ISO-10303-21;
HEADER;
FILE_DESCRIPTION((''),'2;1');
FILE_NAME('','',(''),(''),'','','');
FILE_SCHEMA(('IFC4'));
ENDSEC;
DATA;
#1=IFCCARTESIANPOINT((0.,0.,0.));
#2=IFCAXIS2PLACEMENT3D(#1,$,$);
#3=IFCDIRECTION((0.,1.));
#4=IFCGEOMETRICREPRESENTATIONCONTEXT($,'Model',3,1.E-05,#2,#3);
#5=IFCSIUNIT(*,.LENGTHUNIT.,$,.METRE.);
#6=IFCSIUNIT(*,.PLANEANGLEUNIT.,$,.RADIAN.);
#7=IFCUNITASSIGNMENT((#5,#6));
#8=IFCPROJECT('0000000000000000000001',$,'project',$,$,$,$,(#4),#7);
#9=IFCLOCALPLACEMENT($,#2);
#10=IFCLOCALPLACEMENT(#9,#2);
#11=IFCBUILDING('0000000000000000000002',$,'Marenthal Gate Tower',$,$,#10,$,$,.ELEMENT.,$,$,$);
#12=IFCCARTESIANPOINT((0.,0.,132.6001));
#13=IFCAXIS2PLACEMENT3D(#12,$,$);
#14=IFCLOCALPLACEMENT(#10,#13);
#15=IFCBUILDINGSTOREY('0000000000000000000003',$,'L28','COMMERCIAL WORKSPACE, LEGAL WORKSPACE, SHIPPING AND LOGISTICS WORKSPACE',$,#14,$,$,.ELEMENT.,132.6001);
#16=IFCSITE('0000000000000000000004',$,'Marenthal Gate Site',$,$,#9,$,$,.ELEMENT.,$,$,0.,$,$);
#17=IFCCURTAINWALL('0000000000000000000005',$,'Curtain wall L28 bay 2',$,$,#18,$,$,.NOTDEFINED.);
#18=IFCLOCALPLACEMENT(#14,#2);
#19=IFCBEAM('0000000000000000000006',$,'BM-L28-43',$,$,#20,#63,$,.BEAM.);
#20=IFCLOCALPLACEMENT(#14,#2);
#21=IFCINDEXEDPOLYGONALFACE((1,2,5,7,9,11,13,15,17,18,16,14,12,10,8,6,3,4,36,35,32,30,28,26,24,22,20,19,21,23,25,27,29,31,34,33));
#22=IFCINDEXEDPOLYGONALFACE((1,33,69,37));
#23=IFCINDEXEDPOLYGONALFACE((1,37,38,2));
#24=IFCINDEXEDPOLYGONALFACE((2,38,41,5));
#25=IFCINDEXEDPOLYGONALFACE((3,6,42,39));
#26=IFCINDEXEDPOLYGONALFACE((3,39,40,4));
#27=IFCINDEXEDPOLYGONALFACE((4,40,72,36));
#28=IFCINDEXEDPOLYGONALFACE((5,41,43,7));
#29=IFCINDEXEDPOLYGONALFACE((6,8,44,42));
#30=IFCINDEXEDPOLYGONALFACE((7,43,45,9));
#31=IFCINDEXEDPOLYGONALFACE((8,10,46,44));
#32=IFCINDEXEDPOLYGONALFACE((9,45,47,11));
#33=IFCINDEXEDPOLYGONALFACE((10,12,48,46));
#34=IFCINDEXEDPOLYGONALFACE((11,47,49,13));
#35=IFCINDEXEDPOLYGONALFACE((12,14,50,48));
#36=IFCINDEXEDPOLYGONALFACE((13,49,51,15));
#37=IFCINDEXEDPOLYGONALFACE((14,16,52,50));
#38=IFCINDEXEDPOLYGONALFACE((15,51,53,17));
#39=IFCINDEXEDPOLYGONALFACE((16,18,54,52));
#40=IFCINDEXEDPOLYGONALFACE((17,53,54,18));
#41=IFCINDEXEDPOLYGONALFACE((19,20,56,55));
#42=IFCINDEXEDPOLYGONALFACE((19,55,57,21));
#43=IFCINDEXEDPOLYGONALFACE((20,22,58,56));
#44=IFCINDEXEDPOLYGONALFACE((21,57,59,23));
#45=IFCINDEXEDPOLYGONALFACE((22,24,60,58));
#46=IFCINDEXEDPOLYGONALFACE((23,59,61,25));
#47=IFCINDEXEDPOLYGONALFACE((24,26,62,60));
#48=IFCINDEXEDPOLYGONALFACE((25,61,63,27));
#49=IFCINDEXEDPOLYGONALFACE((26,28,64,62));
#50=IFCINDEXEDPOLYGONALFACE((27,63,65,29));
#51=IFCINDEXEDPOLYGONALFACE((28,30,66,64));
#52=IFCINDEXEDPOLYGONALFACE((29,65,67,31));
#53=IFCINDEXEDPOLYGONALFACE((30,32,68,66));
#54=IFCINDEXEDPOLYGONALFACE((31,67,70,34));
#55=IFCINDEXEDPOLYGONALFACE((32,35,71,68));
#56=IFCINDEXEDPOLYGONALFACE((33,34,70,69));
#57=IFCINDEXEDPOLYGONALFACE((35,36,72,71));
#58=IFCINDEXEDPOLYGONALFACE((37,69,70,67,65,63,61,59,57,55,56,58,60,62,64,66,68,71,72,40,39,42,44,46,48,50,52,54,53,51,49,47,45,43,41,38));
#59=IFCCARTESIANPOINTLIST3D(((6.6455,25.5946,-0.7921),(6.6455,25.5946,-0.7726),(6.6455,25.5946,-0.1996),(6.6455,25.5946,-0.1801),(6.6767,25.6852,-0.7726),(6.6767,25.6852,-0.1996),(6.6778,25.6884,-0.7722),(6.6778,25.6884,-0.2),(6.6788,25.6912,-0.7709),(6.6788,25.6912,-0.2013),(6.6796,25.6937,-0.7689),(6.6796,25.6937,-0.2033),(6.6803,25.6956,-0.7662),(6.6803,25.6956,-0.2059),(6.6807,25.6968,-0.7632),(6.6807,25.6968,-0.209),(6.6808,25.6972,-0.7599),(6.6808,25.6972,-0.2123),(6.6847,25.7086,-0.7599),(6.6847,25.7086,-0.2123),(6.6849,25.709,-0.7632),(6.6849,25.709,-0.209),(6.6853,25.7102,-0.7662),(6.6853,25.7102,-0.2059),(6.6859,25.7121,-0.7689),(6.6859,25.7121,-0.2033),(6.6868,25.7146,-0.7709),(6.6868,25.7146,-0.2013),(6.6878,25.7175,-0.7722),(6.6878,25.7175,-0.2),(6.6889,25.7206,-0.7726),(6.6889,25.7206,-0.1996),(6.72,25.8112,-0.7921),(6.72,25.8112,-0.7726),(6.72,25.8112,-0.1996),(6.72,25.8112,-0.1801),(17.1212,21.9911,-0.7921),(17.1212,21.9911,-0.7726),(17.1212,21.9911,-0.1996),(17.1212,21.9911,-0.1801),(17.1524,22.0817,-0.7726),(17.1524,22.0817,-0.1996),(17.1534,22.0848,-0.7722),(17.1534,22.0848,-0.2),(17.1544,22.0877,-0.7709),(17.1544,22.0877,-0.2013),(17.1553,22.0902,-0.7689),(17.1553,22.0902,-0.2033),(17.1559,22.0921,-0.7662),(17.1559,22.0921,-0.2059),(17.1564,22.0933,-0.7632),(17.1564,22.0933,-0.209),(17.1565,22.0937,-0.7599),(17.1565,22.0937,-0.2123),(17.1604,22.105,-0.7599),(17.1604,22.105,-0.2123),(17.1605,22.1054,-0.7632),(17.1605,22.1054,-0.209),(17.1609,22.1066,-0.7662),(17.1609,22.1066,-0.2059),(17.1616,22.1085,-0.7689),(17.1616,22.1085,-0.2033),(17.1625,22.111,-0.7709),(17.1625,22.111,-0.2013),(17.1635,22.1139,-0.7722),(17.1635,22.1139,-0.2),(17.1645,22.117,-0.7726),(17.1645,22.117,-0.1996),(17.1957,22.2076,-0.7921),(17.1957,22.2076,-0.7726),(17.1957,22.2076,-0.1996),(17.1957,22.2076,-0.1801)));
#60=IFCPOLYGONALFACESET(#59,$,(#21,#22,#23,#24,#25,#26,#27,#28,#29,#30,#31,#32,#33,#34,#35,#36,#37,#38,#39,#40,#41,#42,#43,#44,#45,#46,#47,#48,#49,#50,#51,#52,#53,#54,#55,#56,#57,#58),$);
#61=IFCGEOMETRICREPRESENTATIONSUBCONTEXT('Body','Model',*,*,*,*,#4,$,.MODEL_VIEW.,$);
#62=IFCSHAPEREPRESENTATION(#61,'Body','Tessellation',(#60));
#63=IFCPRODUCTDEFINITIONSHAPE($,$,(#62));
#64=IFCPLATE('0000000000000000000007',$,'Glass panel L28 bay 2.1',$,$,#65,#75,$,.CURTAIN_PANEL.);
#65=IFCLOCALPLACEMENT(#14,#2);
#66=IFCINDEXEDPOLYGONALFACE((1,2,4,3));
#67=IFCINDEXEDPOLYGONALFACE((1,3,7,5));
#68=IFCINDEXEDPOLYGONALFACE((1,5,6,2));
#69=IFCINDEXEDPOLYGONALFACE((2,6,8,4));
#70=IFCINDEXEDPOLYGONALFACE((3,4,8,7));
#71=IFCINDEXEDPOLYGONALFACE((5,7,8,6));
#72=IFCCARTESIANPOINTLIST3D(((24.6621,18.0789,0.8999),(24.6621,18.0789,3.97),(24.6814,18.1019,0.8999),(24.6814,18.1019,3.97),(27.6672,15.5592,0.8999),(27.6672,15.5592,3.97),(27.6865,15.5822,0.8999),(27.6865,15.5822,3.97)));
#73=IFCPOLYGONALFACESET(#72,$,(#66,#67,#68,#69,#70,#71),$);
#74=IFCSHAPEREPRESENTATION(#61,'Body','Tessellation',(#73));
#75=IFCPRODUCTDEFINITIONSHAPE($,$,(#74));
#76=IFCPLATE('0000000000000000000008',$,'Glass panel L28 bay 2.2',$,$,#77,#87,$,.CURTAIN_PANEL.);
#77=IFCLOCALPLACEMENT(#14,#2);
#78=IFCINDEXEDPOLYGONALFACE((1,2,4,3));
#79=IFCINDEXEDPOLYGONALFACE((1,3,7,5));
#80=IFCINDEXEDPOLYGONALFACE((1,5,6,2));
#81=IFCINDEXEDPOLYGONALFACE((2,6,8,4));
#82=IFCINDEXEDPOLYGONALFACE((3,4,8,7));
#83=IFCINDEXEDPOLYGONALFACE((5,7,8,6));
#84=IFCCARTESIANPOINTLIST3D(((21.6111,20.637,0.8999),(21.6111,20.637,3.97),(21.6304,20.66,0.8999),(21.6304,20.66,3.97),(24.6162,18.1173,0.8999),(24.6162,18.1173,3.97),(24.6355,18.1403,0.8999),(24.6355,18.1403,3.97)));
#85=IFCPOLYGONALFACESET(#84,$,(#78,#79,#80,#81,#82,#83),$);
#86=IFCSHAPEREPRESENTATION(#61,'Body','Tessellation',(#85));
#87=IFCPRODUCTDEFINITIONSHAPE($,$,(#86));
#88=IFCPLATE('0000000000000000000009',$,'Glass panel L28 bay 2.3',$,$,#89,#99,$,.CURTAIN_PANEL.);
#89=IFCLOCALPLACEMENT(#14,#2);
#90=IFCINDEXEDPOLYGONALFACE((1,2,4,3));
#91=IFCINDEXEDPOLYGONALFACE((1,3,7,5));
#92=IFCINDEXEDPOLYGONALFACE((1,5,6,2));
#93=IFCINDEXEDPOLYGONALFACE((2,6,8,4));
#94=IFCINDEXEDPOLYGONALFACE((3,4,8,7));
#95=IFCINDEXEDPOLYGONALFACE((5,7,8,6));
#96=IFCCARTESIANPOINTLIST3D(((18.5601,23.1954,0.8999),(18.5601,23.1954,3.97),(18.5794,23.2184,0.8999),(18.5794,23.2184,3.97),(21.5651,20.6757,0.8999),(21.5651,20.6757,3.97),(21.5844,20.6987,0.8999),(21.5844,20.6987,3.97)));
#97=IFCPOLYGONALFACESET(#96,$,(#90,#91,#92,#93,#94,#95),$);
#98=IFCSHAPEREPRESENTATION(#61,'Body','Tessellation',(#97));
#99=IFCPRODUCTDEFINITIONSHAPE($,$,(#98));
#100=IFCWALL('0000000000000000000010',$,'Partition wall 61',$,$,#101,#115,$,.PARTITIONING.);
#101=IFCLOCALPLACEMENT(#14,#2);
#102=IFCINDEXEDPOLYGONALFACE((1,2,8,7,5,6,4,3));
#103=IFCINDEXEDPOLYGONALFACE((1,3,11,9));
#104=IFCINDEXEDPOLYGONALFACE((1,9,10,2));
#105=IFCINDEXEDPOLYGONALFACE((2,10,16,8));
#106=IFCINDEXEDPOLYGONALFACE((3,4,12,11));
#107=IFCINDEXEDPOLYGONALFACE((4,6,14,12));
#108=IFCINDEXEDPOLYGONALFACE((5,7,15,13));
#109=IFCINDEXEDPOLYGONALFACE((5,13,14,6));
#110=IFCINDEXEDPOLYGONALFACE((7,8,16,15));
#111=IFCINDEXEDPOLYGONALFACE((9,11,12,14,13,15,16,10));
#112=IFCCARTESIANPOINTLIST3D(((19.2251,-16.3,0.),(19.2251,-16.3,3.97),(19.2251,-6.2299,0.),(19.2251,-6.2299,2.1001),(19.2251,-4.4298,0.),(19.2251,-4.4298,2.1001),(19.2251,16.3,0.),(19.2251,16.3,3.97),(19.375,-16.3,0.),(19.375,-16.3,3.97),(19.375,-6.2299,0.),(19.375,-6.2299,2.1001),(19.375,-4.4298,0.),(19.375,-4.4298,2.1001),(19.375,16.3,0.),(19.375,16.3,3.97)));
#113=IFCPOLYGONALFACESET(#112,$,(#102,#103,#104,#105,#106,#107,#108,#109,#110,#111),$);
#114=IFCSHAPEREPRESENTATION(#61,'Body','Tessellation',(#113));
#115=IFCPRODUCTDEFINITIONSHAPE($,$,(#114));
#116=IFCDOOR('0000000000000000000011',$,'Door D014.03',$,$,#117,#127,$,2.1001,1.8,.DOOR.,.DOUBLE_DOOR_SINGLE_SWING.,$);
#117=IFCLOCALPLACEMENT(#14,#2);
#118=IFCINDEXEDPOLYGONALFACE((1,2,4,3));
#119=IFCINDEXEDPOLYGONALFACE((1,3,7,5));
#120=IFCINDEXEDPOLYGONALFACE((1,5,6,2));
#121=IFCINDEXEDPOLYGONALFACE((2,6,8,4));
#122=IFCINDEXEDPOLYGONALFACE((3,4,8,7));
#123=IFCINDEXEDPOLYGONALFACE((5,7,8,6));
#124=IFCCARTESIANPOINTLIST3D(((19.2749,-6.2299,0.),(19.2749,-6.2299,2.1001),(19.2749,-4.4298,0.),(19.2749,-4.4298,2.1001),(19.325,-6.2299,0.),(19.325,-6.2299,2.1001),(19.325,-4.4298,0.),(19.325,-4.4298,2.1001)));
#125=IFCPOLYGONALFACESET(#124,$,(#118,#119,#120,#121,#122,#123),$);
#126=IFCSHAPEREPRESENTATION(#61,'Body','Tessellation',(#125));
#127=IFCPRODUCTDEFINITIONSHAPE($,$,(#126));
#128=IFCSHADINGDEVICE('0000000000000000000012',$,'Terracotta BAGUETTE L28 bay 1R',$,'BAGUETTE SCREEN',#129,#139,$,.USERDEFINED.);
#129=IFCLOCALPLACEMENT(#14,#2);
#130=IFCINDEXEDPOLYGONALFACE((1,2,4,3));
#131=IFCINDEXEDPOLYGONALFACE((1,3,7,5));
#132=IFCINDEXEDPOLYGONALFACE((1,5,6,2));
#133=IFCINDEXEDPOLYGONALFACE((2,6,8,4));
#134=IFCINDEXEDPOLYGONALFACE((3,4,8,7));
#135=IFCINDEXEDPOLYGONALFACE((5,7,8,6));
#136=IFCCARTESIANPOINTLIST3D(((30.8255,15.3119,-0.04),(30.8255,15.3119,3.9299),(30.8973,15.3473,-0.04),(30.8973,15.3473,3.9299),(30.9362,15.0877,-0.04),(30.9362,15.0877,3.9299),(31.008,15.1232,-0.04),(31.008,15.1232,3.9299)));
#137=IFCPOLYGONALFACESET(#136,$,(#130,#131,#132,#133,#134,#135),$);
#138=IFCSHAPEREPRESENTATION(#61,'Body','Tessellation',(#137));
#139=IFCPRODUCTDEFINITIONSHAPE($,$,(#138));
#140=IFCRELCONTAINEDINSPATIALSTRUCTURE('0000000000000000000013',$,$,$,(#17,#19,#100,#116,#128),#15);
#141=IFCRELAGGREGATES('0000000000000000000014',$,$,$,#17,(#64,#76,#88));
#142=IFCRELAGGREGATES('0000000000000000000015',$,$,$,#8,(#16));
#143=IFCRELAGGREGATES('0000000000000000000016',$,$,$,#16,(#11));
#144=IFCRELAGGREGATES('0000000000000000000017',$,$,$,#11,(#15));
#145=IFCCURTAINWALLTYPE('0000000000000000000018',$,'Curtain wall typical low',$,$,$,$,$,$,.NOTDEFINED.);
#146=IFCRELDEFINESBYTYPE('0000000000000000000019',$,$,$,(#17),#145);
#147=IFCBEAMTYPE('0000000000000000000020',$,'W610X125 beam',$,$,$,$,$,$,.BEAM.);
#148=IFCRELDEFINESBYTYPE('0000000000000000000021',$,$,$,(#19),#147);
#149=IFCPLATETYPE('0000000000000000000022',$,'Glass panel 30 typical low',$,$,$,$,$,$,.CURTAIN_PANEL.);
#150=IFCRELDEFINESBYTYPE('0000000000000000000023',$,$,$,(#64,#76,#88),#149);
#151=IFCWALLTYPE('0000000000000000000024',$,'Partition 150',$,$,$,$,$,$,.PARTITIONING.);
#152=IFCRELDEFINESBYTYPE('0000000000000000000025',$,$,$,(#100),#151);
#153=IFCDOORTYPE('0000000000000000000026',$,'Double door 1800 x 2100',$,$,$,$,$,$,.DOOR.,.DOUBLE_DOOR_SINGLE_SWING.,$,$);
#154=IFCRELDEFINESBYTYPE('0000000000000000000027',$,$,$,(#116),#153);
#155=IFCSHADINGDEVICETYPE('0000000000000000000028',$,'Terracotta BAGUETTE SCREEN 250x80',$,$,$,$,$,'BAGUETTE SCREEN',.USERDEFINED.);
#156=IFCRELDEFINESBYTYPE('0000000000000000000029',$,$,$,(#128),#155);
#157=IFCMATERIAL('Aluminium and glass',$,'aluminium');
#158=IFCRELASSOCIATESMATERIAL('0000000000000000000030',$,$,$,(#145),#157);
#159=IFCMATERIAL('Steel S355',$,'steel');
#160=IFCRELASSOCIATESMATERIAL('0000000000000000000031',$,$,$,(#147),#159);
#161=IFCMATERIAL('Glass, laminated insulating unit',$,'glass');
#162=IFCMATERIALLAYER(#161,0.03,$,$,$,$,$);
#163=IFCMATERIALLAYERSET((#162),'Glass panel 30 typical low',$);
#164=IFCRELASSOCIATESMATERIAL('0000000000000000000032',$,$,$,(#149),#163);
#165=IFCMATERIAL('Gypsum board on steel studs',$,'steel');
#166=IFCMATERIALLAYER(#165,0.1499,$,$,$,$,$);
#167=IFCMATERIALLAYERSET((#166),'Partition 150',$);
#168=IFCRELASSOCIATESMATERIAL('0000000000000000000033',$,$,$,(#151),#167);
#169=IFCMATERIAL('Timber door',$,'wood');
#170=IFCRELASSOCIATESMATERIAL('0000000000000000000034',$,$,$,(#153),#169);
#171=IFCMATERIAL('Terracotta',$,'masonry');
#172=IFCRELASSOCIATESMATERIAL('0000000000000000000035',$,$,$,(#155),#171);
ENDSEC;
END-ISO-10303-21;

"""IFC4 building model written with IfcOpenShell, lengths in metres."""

from ifc_helpers import new_model, si_unit, direction, frame, frame_2d, origin, origin_2d, place, context, subcontext, project, spatial, rectangle, i_section, extrude, material, layer, layer_set, material_profile, profile_set, type_object, element, fill, aggregate, save


model = new_model("IFC4")

# Units and contexts
model_context = context("Model", 3, precision=1e-05, world=origin(), true_north=direction((0.0, 1.0)))
body_context = subcontext(model_context, "Body", "Model", "MODEL_VIEW")
ifc_project = project(units=[si_unit("LENGTHUNIT", "METRE"), si_unit("PLANEANGLEUNIT", "RADIAN")], contexts=[model_context])

# Site, building, storey
site_placement = place(None, origin())
site = spatial("IfcSite", under=ifc_project, at=site_placement, Name="Marenthal Gate Site", CompositionType="ELEMENT", RefElevation=0.0)
building_placement = place(site_placement, origin())
building = spatial("IfcBuilding", under=site, at=building_placement, Name="Marenthal Gate Tower", CompositionType="ELEMENT")
storey_placement = place(building_placement, frame((0.0, 0.0, 132.6001)))
storey = spatial("IfcBuildingStorey", under=building, at=storey_placement, Name="L28", Description="COMMERCIAL WORKSPACE, LEGAL WORKSPACE, SHIPPING AND LOGISTICS WORKSPACE", CompositionType="ELEMENT", Elevation=132.6001)

# Curtain wall
ifc_material_1 = material(Name="Aluminium and glass", Category="aluminium")
curtain_wall_type = type_object("IfcCurtainWallType", Name="Curtain wall typical low", PredefinedType="NOTDEFINED", material=ifc_material_1)
curtain_wall_placement = place(storey_placement, origin())
curtain_wall = element("IfcCurtainWall", 1, at=curtain_wall_placement, inside=storey, type_object=curtain_wall_type, Name="Curtain wall L28 bay 2", PredefinedType="NOTDEFINED")

# Beam
ifc_material_2 = material(Name="Steel S355", Category="steel")
ifc_material_profile_1 = material_profile(ifc_material_2, i_section(OverallWidth=0.229, OverallDepth=0.6121, WebThickness=0.012, FlangeThickness=0.0195, FilletRadius=0.0127, at=origin_2d()), Name="W610X125")
ifc_profile_set_1 = profile_set([ifc_material_profile_1], Name="Steel S355")
beam_type_1 = type_object("IfcBeamType", Name="W610X125 beam", PredefinedType="BEAM", material=ifc_profile_set_1)
beam_1_placement = place(storey_placement, frame((17.1584, 22.0994, -0.4861), z_axis=(-0.945616, 0.325284, 0.0), x_axis=(-0.325284, -0.945616, 0.0)))
element("IfcBeam", 2, at=beam_1_placement, inside=storey, type_object=beam_type_1, Name="BM-L28-43", PredefinedType="BEAM", context=body_context, shape_type="SweptSolid", body=[
    extrude(i_section(OverallWidth=0.229, OverallDepth=0.6121, WebThickness=0.012, FlangeThickness=0.0195, FilletRadius=0.0127, at=origin_2d()), origin(), (0.0, 0.0, 1.0), 11.0781),
])

# Plates
ifc_material_3 = material(Name="Glass, laminated insulating unit", Category="glass")
ifc_layer_1 = layer(ifc_material_3, 0.03)
ifc_layer_set_1 = layer_set([ifc_layer_1], Name="Glass panel 30 typical low")
plate_type = type_object("IfcPlateType", Name="Glass panel 30 typical low", PredefinedType="CURTAIN_PANEL", material=ifc_layer_set_1)
plate_1_placement = place(storey_placement, frame((26.1743, 16.8306, 0.8999), z_axis=(0.0, 0.0, 1.0), x_axis=(-0.766277, 0.642511, 0.0)))
plate_1 = element("IfcPlate", 3, at=plate_1_placement, type_object=plate_type, Name="Glass panel L28 bay 2.1", PredefinedType="CURTAIN_PANEL", context=body_context, shape_type="SweptSolid", body=[
    extrude(rectangle(XDim=3.9216, YDim=0.03, at=origin_2d()), origin(), (0.0, 0.0, 1.0), 3.0701),
])
plate_2_placement = place(storey_placement, frame((23.1233, 19.3887, 0.8999), z_axis=(0.0, 0.0, 1.0), x_axis=(-0.766277, 0.642511, 0.0)))
plate_2 = element("IfcPlate", 4, at=plate_2_placement, type_object=plate_type, Name="Glass panel L28 bay 2.2", PredefinedType="CURTAIN_PANEL", context=body_context, shape_type="SweptSolid", body=[
    extrude(rectangle(XDim=3.9216, YDim=0.03, at=origin_2d()), origin(), (0.0, 0.0, 1.0), 3.0701),
])
plate_3_placement = place(storey_placement, frame((20.0723, 21.947, 0.8999), z_axis=(0.0, 0.0, 1.0), x_axis=(-0.766277, 0.642511, 0.0)))
plate_3 = element("IfcPlate", 5, at=plate_3_placement, type_object=plate_type, Name="Glass panel L28 bay 2.3", PredefinedType="CURTAIN_PANEL", context=body_context, shape_type="SweptSolid", body=[
    extrude(rectangle(XDim=3.9216, YDim=0.03, at=origin_2d()), origin(), (0.0, 0.0, 1.0), 3.0701),
])
aggregate(curtain_wall, [plate_1, plate_2, plate_3])

# Wall, opening, door
ifc_material_4 = material(Name="Gypsum board on steel studs", Category="steel")
ifc_layer_2 = layer(ifc_material_4, 0.1499)
ifc_layer_set_2 = layer_set([ifc_layer_2], Name="Partition 150")
wall_type_1 = type_object("IfcWallType", Name="Partition 150", PredefinedType="PARTITIONING", material=ifc_layer_set_2)
wall_1_placement = place(storey_placement, frame((19.3, 16.3, 0.0), z_axis=(0.0, 0.0, 1.0), x_axis=(0.0, -1.0, 0.0)))
wall_1 = element("IfcWall", 6, at=wall_1_placement, inside=storey, type_object=wall_type_1, Name="Partition wall 61", PredefinedType="PARTITIONING", context=body_context, shape_type="SweptSolid", body=[
    extrude(rectangle(XDim=32.6001, YDim=0.1499, at=frame_2d((16.3, 0.0))), origin(), (0.0, 0.0, 1.0), 3.97),
])
opening_1_placement = place(wall_1_placement, frame((20.73, 0.0, 0.0)))
opening_1 = element("IfcOpeningElement", 7, at=opening_1_placement, cuts=wall_1, PredefinedType="OPENING", context=body_context, shape_type="SweptSolid", body=[
    extrude(rectangle(XDim=1.8, YDim=2.1001, at=frame_2d((0.8999, 1.05))), frame((0.0, 0.085, 0.0), z_axis=(0.0, -1.0, 0.0), x_axis=(1.0, 0.0, 0.0)), (0.0, 0.0, 1.0), 0.1699),
])
ifc_material_5 = material(Name="Timber door", Category="wood")
door_type_1 = type_object("IfcDoorType", Name="Double door 1800 x 2100", OperationType="DOUBLE_DOOR_SINGLE_SWING", PredefinedType="DOOR", material=ifc_material_5)
door_1_placement = place(opening_1_placement, origin())
door_1 = element("IfcDoor", 8, at=door_1_placement, inside=storey, type_object=door_type_1, Name="Door D014.03", OperationType="DOUBLE_DOOR_SINGLE_SWING", OverallHeight=2.1001, OverallWidth=1.8, PredefinedType="DOOR", context=body_context, shape_type="SweptSolid", body=[
    extrude(rectangle(XDim=1.8, YDim=2.1001, at=frame_2d((0.8999, 1.05))), frame((0.0, 0.0249, 0.0), z_axis=(0.0, -1.0, 0.0), x_axis=(1.0, 0.0, 0.0)), (0.0, 0.0, 1.0), 0.05),
])
fill(opening_1, door_1)

# Shading device
ifc_material_6 = material(Name="Terracotta", Category="masonry")
ifc_material_profile_2 = material_profile(ifc_material_6, rectangle(XDim=0.25, YDim=0.0801, at=origin_2d()), Name="Terracotta baguette 250x80")
ifc_profile_set_2 = profile_set([ifc_material_profile_2], Name="Terracotta")
shading_device_type = type_object("IfcShadingDeviceType", Name="Terracotta BAGUETTE SCREEN 250x80", ElementType="BAGUETTE SCREEN", PredefinedType="USERDEFINED", material=ifc_profile_set_2)
shading_device_placement = place(storey_placement, frame((30.9167, 15.2175, -0.04), z_axis=(0.0, 0.0, 1.0), x_axis=(-0.442572, 0.896733, 0.0)))
element("IfcShadingDevice", 9, at=shading_device_placement, inside=storey, type_object=shading_device_type, Name="Terracotta BAGUETTE L28 bay 1R", ObjectType="BAGUETTE SCREEN", PredefinedType="USERDEFINED", context=body_context, shape_type="SweptSolid", body=[
    extrude(rectangle(XDim=0.25, YDim=0.0801, at=origin_2d()), origin(), (0.0, 0.0, 1.0), 3.97),
])

save(model, "model.ifc")
